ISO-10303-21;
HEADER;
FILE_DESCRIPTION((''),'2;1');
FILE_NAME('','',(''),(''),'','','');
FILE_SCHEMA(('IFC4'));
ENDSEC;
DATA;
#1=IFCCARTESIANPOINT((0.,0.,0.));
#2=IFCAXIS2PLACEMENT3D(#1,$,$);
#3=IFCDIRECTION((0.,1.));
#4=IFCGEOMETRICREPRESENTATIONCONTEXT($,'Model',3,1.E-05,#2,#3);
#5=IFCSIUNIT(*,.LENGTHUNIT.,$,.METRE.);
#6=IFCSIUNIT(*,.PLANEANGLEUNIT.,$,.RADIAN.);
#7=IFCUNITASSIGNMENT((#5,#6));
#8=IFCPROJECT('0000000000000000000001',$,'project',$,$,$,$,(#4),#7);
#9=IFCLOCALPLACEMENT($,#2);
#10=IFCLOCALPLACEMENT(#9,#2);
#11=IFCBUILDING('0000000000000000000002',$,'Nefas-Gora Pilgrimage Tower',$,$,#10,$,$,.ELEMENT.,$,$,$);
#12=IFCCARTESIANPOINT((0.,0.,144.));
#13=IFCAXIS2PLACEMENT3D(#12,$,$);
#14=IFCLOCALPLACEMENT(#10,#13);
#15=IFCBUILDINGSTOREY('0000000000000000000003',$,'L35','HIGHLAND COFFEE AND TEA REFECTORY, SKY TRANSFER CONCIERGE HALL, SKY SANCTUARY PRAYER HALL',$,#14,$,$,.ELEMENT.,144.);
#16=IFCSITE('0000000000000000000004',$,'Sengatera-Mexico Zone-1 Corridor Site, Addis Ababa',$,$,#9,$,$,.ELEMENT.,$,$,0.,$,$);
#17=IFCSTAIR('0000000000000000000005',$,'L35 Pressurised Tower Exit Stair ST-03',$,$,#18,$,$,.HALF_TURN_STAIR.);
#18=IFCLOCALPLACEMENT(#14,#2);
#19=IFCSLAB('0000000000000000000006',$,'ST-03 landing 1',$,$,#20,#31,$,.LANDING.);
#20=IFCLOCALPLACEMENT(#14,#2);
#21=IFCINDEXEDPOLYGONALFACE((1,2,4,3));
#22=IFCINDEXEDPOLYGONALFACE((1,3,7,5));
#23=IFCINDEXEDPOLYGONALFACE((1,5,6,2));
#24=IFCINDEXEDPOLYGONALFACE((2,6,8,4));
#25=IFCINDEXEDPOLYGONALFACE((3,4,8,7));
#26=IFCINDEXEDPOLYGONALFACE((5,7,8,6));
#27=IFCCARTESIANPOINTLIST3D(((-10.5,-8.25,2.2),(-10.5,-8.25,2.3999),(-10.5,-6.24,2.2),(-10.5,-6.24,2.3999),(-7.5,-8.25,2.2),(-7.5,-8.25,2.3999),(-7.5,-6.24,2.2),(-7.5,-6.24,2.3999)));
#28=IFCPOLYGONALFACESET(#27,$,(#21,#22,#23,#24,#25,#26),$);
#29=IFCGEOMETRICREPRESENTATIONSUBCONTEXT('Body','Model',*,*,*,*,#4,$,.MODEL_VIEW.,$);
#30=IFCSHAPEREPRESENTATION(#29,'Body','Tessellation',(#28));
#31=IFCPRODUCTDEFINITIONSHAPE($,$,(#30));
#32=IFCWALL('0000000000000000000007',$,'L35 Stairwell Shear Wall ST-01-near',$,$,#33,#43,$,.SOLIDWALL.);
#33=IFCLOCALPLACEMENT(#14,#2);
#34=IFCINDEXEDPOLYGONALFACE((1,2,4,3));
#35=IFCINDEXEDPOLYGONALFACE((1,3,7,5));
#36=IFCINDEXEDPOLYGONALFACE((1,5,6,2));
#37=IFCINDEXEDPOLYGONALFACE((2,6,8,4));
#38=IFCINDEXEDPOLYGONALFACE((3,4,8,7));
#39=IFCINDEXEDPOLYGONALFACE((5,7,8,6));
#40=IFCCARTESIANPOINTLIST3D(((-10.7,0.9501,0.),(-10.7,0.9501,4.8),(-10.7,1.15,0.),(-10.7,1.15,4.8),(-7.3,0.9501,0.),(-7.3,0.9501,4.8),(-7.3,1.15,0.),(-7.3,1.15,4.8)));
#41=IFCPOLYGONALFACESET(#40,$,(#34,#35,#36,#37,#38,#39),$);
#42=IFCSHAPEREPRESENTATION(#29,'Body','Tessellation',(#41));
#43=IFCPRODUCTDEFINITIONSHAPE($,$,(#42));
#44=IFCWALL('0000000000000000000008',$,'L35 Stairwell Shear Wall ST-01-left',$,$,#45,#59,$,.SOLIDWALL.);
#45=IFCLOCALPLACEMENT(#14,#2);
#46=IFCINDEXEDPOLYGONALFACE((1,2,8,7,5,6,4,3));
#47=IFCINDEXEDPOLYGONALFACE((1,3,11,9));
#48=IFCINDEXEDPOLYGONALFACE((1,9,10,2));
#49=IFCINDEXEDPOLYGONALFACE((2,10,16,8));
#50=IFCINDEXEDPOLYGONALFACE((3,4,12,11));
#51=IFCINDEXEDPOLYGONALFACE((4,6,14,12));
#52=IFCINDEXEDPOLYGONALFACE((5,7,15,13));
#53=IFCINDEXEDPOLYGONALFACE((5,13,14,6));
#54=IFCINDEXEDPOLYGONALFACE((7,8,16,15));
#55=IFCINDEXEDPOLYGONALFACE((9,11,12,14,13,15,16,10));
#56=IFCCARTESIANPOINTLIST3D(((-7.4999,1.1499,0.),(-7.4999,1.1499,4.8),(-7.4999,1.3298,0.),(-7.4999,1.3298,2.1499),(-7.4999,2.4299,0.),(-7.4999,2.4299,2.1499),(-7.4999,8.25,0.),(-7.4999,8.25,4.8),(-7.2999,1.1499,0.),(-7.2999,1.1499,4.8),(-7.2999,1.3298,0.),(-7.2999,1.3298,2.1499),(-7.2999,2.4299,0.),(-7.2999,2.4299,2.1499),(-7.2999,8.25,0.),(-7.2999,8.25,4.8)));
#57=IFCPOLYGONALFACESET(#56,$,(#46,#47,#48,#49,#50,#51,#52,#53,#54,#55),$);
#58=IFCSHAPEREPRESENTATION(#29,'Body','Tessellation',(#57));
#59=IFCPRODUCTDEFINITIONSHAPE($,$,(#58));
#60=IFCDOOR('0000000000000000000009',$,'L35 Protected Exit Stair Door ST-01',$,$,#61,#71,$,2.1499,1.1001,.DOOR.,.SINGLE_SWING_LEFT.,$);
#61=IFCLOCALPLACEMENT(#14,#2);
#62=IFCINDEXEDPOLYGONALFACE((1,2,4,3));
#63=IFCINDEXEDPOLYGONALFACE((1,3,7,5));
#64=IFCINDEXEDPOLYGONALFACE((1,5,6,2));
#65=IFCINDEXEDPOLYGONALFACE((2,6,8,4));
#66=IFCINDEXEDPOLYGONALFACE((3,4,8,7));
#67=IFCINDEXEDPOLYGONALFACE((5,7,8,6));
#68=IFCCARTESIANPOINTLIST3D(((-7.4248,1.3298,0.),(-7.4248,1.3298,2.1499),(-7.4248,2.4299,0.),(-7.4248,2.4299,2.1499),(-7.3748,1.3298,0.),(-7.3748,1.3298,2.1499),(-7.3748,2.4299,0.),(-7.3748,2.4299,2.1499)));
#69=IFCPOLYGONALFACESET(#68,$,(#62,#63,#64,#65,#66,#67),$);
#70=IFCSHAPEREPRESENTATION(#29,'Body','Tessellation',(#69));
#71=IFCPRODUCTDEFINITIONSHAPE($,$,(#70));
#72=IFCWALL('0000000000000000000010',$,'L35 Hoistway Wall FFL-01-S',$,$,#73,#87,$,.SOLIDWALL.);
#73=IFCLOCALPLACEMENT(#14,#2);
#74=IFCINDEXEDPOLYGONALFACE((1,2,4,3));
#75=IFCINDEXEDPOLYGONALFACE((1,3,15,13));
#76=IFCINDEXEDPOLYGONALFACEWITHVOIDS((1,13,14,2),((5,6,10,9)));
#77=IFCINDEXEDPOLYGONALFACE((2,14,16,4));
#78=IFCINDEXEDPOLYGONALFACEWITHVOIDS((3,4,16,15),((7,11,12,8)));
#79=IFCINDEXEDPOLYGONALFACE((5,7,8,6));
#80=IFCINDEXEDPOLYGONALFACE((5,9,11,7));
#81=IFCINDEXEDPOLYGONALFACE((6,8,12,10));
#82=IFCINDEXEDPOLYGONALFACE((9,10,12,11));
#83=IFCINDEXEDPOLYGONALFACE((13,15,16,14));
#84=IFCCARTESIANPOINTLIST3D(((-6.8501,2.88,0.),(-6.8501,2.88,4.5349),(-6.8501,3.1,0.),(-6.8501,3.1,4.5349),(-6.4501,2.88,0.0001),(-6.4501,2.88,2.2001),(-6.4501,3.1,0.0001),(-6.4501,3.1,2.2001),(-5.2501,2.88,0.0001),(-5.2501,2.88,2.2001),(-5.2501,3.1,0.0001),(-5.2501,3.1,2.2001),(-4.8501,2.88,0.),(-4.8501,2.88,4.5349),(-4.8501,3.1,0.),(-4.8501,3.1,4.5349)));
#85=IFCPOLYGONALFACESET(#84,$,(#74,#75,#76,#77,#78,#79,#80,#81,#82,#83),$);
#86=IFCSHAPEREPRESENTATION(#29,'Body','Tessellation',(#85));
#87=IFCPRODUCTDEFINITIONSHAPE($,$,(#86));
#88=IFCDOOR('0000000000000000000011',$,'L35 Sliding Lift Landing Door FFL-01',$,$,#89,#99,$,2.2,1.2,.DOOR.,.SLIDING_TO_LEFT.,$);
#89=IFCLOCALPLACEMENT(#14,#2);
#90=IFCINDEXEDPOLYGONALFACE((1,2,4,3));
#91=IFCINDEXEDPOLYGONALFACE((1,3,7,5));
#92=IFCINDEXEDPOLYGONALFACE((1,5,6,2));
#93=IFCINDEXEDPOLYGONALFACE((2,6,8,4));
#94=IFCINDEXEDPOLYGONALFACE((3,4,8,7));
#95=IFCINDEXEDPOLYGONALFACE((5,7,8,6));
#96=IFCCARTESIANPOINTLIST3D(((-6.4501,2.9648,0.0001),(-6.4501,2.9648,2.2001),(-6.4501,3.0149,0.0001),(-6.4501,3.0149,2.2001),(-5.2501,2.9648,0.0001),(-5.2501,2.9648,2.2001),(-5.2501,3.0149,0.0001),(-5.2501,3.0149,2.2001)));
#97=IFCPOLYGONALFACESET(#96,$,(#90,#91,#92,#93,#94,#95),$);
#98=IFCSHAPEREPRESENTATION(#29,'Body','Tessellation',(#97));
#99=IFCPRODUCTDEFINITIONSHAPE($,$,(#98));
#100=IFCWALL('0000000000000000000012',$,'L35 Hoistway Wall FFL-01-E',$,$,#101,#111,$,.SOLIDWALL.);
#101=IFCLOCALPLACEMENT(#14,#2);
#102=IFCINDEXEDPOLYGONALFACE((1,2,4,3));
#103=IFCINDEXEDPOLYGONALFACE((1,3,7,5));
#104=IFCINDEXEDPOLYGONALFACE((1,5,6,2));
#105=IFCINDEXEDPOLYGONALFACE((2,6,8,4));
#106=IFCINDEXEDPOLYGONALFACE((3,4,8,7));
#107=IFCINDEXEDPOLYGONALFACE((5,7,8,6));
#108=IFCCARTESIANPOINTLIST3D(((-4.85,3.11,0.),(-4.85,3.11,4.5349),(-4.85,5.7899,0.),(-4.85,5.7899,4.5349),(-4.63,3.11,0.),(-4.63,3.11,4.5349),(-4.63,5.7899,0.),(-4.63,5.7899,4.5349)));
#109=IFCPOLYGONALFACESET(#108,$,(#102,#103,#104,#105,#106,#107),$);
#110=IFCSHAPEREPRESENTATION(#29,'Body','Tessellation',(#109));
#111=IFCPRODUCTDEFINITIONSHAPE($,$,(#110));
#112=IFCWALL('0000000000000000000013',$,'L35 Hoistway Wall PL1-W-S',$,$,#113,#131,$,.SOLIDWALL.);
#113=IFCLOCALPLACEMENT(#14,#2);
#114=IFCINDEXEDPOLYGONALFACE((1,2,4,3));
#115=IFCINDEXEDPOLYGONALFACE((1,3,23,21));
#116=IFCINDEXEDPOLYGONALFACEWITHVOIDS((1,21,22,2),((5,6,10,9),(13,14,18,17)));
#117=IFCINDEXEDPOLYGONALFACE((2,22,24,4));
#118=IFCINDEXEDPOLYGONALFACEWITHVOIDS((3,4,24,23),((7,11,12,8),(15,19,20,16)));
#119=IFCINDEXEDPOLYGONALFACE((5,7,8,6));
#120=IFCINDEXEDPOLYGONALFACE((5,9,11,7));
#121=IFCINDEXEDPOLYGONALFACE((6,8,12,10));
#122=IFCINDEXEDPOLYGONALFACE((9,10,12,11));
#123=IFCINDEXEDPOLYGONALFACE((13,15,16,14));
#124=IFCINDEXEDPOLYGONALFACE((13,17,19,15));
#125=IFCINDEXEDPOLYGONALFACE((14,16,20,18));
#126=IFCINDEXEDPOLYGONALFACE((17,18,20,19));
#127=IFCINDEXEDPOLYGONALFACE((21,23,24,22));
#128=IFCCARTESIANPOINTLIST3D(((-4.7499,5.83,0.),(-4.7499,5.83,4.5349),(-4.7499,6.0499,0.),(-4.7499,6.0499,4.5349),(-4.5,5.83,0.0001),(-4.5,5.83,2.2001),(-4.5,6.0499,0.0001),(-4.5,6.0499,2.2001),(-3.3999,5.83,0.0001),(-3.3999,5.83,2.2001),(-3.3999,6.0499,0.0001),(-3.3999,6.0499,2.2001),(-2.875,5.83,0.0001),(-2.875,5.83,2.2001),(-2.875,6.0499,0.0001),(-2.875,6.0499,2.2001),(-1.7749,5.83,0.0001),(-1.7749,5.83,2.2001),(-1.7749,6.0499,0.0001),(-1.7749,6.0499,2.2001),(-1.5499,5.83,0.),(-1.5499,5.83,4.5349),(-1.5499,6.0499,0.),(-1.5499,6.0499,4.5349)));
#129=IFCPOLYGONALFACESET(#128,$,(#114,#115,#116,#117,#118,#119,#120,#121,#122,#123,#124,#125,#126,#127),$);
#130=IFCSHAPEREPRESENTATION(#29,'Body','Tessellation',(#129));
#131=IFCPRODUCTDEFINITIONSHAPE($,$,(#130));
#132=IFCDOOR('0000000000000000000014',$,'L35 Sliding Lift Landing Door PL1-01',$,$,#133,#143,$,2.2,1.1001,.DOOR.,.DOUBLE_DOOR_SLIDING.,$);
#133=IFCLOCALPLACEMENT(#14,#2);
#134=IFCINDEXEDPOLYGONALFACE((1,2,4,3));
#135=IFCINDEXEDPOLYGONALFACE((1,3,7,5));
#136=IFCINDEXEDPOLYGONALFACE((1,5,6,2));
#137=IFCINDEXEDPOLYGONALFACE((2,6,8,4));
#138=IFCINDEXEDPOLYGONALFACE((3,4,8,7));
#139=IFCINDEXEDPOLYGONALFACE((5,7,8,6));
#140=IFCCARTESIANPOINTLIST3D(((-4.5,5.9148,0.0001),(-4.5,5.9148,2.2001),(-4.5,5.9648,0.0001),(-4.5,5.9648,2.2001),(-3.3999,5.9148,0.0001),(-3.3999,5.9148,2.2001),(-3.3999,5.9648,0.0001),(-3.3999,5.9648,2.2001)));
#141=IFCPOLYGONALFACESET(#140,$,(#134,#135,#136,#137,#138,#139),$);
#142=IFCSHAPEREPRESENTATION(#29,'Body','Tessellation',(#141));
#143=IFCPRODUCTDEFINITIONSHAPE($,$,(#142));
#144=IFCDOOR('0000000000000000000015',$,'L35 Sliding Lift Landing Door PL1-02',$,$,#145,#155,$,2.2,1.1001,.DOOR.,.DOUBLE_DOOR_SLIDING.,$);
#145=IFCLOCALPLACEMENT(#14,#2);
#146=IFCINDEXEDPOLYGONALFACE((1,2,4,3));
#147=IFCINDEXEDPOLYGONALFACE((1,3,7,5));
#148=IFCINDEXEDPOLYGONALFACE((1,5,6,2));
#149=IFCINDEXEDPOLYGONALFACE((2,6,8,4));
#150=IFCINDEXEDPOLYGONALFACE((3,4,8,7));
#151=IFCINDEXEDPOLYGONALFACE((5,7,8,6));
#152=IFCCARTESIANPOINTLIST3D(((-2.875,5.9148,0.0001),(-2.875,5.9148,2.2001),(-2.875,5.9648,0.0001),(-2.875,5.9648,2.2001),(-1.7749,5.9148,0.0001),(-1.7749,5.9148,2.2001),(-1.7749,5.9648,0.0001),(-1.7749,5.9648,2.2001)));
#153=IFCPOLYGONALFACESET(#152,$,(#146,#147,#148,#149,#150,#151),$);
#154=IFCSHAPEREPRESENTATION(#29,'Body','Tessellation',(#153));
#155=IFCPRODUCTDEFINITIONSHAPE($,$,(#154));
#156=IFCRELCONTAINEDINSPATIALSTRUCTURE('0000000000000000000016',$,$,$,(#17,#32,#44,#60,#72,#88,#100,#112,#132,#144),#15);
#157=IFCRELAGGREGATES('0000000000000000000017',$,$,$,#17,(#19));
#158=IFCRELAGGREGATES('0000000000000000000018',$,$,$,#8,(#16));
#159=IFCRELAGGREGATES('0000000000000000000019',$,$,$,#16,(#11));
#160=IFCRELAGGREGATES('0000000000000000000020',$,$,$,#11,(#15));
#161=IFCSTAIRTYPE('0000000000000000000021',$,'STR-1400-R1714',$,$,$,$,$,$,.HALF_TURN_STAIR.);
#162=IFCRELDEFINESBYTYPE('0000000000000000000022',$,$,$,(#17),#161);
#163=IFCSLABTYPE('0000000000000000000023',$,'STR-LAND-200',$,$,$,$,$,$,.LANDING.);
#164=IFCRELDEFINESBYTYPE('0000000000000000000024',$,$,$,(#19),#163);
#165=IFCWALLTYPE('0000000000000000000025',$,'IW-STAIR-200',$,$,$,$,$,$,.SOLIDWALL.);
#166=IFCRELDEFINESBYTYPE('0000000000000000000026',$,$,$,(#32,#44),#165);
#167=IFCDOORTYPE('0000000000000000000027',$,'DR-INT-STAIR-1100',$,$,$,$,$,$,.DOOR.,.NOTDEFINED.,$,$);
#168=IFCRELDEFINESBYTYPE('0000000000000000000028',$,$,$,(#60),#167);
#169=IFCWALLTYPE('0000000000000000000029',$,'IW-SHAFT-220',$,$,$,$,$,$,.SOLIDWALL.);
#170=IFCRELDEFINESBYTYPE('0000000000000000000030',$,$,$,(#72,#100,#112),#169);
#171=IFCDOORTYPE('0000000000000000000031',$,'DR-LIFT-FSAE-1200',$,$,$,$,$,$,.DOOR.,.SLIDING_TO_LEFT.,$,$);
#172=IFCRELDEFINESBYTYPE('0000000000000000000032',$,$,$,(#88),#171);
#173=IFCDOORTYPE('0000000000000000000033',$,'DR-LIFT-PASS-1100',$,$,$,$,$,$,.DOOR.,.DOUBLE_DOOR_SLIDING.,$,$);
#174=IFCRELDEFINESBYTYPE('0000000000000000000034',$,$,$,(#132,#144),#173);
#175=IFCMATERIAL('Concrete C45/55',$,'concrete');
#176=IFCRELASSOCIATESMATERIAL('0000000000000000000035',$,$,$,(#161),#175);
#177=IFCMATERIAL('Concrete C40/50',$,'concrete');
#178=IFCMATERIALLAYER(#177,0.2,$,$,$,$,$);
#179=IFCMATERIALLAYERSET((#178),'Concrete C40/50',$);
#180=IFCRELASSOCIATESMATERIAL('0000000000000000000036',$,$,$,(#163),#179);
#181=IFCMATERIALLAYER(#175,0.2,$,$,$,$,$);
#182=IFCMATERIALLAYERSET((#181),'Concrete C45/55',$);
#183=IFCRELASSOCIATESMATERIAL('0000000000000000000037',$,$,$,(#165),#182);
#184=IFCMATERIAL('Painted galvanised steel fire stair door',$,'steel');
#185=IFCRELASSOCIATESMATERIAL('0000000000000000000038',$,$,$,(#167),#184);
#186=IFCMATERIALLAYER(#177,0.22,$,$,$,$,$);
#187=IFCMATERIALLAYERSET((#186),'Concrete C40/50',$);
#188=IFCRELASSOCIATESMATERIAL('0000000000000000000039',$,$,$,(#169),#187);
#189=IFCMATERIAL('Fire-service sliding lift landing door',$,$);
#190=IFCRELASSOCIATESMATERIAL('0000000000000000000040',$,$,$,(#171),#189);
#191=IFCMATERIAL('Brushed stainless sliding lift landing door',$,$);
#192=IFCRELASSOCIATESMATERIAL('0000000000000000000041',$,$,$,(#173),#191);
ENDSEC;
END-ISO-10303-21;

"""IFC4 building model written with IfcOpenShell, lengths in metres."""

from ifc_helpers import new_model, si_unit, direction, frame, frame_2d, origin, place, context, subcontext, project, spatial, polyline, rectangle, outline, extrude, source, transform, mapped, material, layer, layer_set, type_object, element, fill, aggregate, save


model = new_model("IFC4")

# Units and contexts
model_context = context("Model", 3, precision=1e-05, world=origin(), true_north=direction((0.0, 1.0)))
body_context = subcontext(model_context, "Body", "Model", "MODEL_VIEW")
ifc_project = project(units=[si_unit("LENGTHUNIT", "METRE"), si_unit("PLANEANGLEUNIT", "RADIAN")], contexts=[model_context])

# Site, building, storey
site_placement = place(None, origin())
site = spatial("IfcSite", under=ifc_project, at=site_placement, Name="Sengatera-Mexico Zone-1 Corridor Site, Addis Ababa", CompositionType="ELEMENT", RefElevation=0.0)
building_placement = place(site_placement, origin())
building = spatial("IfcBuilding", under=site, at=building_placement, Name="Nefas-Gora Pilgrimage Tower", CompositionType="ELEMENT")
storey_placement = place(building_placement, frame((0.0, 0.0, 144.0)))
storey = spatial("IfcBuildingStorey", under=building, at=storey_placement, Name="L35", Description="HIGHLAND COFFEE AND TEA REFECTORY, SKY TRANSFER CONCIERGE HALL, SKY SANCTUARY PRAYER HALL", CompositionType="ELEMENT", Elevation=144.0)

# Shared definitions
ifc_material_1 = material(Name="Concrete C45/55", Category="concrete")

# Stair, slab
stair_type = type_object("IfcStairType", Name="STR-1400-R1714", PredefinedType="HALF_TURN_STAIR", material=ifc_material_1)
ifc_material_2 = material(Name="Concrete C40/50", Category="concrete")
ifc_layer_1 = layer(ifc_material_2, 0.2)
ifc_layer_set_1 = layer_set([ifc_layer_1], Name="Concrete C40/50")
slab_type_1 = type_object("IfcSlabType", Name="STR-LAND-200", PredefinedType="LANDING", material=ifc_layer_set_1)
stair_1_placement = place(storey_placement, origin())
stair_1 = element("IfcStair", 1, at=stair_1_placement, inside=storey, type_object=stair_type, Name="L35 Pressurised Tower Exit Stair ST-03", PredefinedType="HALF_TURN_STAIR")
slab_1_placement = place(storey_placement, frame((0.0, 0.0, 2.2)))
slab_1 = element("IfcSlab", 2, at=slab_1_placement, type_object=slab_type_1, Name="ST-03 landing 1", PredefinedType="LANDING", context=body_context, shape_type="SweptSolid", body=[
    extrude(outline(polyline([(-10.5, -6.24), (-10.5, -8.25), (-7.5, -8.25), (-7.5, -6.24), (-10.5, -6.24)])), origin(), (0.0, 0.0, 1.0), 0.2),
])
aggregate(stair_1, [slab_1])

# Wall
ifc_layer_2 = layer(ifc_material_1, 0.2)
ifc_layer_set_2 = layer_set([ifc_layer_2], Name="Concrete C45/55")
wall_type_1 = type_object("IfcWallType", Name="IW-STAIR-200", PredefinedType="SOLIDWALL", material=ifc_layer_set_2)
shared_shape_1 = source(origin(), body_context, "Body", "SweptSolid", [
    extrude(rectangle(XDim=3.3999, YDim=0.2, at=frame_2d((1.7, 0.0))), origin(), (0.0, 0.0, 1.0), 4.8),
])
wall_1_placement = place(storey_placement, frame((-7.3, 1.05, 0.0), z_axis=(0.0, 0.0, 1.0), x_axis=(-1.0, 0.0, 0.0)))
element("IfcWall", 3, at=wall_1_placement, inside=storey, type_object=wall_type_1, Name="L35 Stairwell Shear Wall ST-01-near", PredefinedType="SOLIDWALL", context=body_context, shape_type="MappedRepresentation", body=[
    mapped(shared_shape_1, transform((0.0, 0.0, 0.0), x_axis=(1.0, 0.0, 0.0), y_axis=(0.0, 1.0, 0.0), z_axis=(0.0, 0.0, 1.0), scale=1.0)),
])

# Walls, openings, doors
shared_shape_2 = source(origin(), body_context, "Body", "SweptSolid", [
    extrude(rectangle(XDim=7.1001, YDim=0.2, at=frame_2d((3.55, 0.0))), origin(), (0.0, 0.0, 1.0), 4.8),
])
wall_2_placement = place(storey_placement, frame((-7.3999, 1.1499, 0.0), z_axis=(0.0, 0.0, 1.0), x_axis=(0.0, 1.0, 0.0)))
wall_2 = element("IfcWall", 4, at=wall_2_placement, inside=storey, type_object=wall_type_1, Name="L35 Stairwell Shear Wall ST-01-left", PredefinedType="SOLIDWALL", context=body_context, shape_type="MappedRepresentation", body=[
    mapped(shared_shape_2, transform((0.0, 0.0, 0.0), x_axis=(1.0, 0.0, 0.0), y_axis=(0.0, 1.0, 0.0), z_axis=(0.0, 0.0, 1.0), scale=1.0)),
])
opening_1_placement = place(wall_2_placement, frame((0.1799, 0.0, 0.0)))
opening_1 = element("IfcOpeningElement", 5, at=opening_1_placement, cuts=wall_2, PredefinedType="OPENING", context=body_context, shape_type="SweptSolid", body=[
    extrude(rectangle(XDim=1.1001, YDim=2.1499, at=frame_2d((0.55, 1.075))), frame((0.0, 0.1099, 0.0), z_axis=(0.0, -1.0, 0.0), x_axis=(1.0, 0.0, 0.0)), (0.0, 0.0, 1.0), 0.22),
])
ifc_material_3 = material(Name="Painted galvanised steel fire stair door", Category="steel")
door_type_1 = type_object("IfcDoorType", Name="DR-INT-STAIR-1100", OperationType="NOTDEFINED", PredefinedType="DOOR", material=ifc_material_3)
shared_shape_3 = source(origin(), body_context, "Body", "SweptSolid", [
    extrude(rectangle(XDim=1.1001, YDim=2.1499, at=frame_2d((0.55, 1.075))), frame((0.0, 0.0249, 0.0), z_axis=(0.0, -1.0, 0.0), x_axis=(1.0, 0.0, 0.0)), (0.0, 0.0, 1.0), 0.05),
])
door_1_placement = place(opening_1_placement, origin())
door_1 = element("IfcDoor", 6, at=door_1_placement, inside=storey, type_object=door_type_1, Name="L35 Protected Exit Stair Door ST-01", OperationType="SINGLE_SWING_LEFT", OverallHeight=2.1499, OverallWidth=1.1001, PredefinedType="DOOR", context=body_context, shape_type="MappedRepresentation", body=[
    mapped(shared_shape_3, transform((0.0, 0.0, 0.0), x_axis=(1.0, 0.0, 0.0), y_axis=(0.0, 1.0, 0.0), z_axis=(0.0, 0.0, 1.0), scale=1.0)),
])
fill(opening_1, door_1)
ifc_layer_3 = layer(ifc_material_2, 0.22)
ifc_layer_set_3 = layer_set([ifc_layer_3], Name="Concrete C40/50")
wall_type_2 = type_object("IfcWallType", Name="IW-SHAFT-220", PredefinedType="SOLIDWALL", material=ifc_layer_set_3)
shared_shape_4 = source(origin(), body_context, "Body", "SweptSolid", [
    extrude(rectangle(XDim=2.0, YDim=0.22, at=frame_2d((1.0, 0.0))), origin(), (0.0, 0.0, 1.0), 4.5349),
])
wall_3_placement = place(storey_placement, frame((-6.8501, 2.99, 0.0), z_axis=(0.0, 0.0, 1.0), x_axis=(1.0, 0.0, 0.0)))
wall_3 = element("IfcWall", 7, at=wall_3_placement, inside=storey, type_object=wall_type_2, Name="L35 Hoistway Wall FFL-01-S", PredefinedType="SOLIDWALL", context=body_context, shape_type="MappedRepresentation", body=[
    mapped(shared_shape_4, transform((0.0, 0.0, 0.0), x_axis=(1.0, 0.0, 0.0), y_axis=(0.0, 1.0, 0.0), z_axis=(0.0, 0.0, 1.0), scale=1.0)),
])
opening_2_placement = place(wall_3_placement, frame((0.3999, 0.0, 0.0)))
opening_2 = element("IfcOpeningElement", 8, at=opening_2_placement, cuts=wall_3, PredefinedType="OPENING", context=body_context, shape_type="SweptSolid", body=[
    extrude(rectangle(XDim=1.2, YDim=2.2, at=frame_2d((0.6001, 1.1001))), frame((0.0, 0.1199, 0.0), z_axis=(0.0, -1.0, 0.0), x_axis=(1.0, 0.0, 0.0)), (0.0, 0.0, 1.0), 0.24),
])
ifc_material_4 = material(Name="Fire-service sliding lift landing door")
door_type_2 = type_object("IfcDoorType", Name="DR-LIFT-FSAE-1200", OperationType="SLIDING_TO_LEFT", PredefinedType="DOOR", material=ifc_material_4)
shared_shape_5 = source(origin(), body_context, "Body", "SweptSolid", [
    extrude(rectangle(XDim=1.2, YDim=2.2, at=frame_2d((0.6001, 1.1001))), frame((0.0, 0.0249, 0.0), z_axis=(0.0, -1.0, 0.0), x_axis=(1.0, 0.0, 0.0)), (0.0, 0.0, 1.0), 0.05),
])
door_2_placement = place(opening_2_placement, origin())
door_2 = element("IfcDoor", 9, at=door_2_placement, inside=storey, type_object=door_type_2, Name="L35 Sliding Lift Landing Door FFL-01", OperationType="SLIDING_TO_LEFT", OverallHeight=2.2, OverallWidth=1.2, PredefinedType="DOOR", context=body_context, shape_type="MappedRepresentation", body=[
    mapped(shared_shape_5, transform((0.0, 0.0, 0.0), x_axis=(1.0, 0.0, 0.0), y_axis=(0.0, 1.0, 0.0), z_axis=(0.0, 0.0, 1.0), scale=1.0)),
])
fill(opening_2, door_2)

# Wall
shared_shape_6 = source(origin(), body_context, "Body", "SweptSolid", [
    extrude(rectangle(XDim=2.6799, YDim=0.22, at=frame_2d((1.3398, 0.0))), origin(), (0.0, 0.0, 1.0), 4.5349),
])
wall_4_placement = place(storey_placement, frame((-4.74, 3.1101, 0.0), z_axis=(0.0, 0.0, 1.0), x_axis=(0.0, 1.0, 0.0)))
element("IfcWall", 10, at=wall_4_placement, inside=storey, type_object=wall_type_2, Name="L35 Hoistway Wall FFL-01-E", PredefinedType="SOLIDWALL", context=body_context, shape_type="MappedRepresentation", body=[
    mapped(shared_shape_6, transform((0.0, 0.0, 0.0), x_axis=(1.0, 0.0, 0.0), y_axis=(0.0, 1.0, 0.0), z_axis=(0.0, 0.0, 1.0), scale=1.0)),
])

# Wall, openings, doors
shared_shape_7 = source(origin(), body_context, "Body", "SweptSolid", [
    extrude(rectangle(XDim=3.2, YDim=0.22, at=frame_2d((1.6001, 0.0))), origin(), (0.0, 0.0, 1.0), 4.5349),
])
wall_5_placement = place(storey_placement, frame((-4.75, 5.9399, 0.0), z_axis=(0.0, 0.0, 1.0), x_axis=(1.0, 0.0, 0.0)))
wall_5 = element("IfcWall", 11, at=wall_5_placement, inside=storey, type_object=wall_type_2, Name="L35 Hoistway Wall PL1-W-S", PredefinedType="SOLIDWALL", context=body_context, shape_type="MappedRepresentation", body=[
    mapped(shared_shape_7, transform((0.0, 0.0, 0.0), x_axis=(1.0, 0.0, 0.0), y_axis=(0.0, 1.0, 0.0), z_axis=(0.0, 0.0, 1.0), scale=1.0)),
])
opening_3_placement = place(wall_5_placement, frame((0.25, 0.0, 0.0)))
opening_3 = element("IfcOpeningElement", 12, at=opening_3_placement, cuts=wall_5, PredefinedType="OPENING", context=body_context, shape_type="SweptSolid", body=[
    extrude(rectangle(XDim=1.1001, YDim=2.2, at=frame_2d((0.55, 1.1001))), frame((0.0, 0.1199, 0.0), z_axis=(0.0, -1.0, 0.0), x_axis=(1.0, 0.0, 0.0)), (0.0, 0.0, 1.0), 0.24),
])
opening_4_placement = place(wall_5_placement, frame((1.875, 0.0, 0.0)))
opening_4 = element("IfcOpeningElement", 13, at=opening_4_placement, cuts=wall_5, PredefinedType="OPENING", context=body_context, shape_type="SweptSolid", body=[
    extrude(rectangle(XDim=1.1001, YDim=2.2, at=frame_2d((0.55, 1.1001))), frame((0.0, 0.1199, 0.0), z_axis=(0.0, -1.0, 0.0), x_axis=(1.0, 0.0, 0.0)), (0.0, 0.0, 1.0), 0.24),
])
ifc_material_5 = material(Name="Brushed stainless sliding lift landing door")
door_type_3 = type_object("IfcDoorType", Name="DR-LIFT-PASS-1100", OperationType="DOUBLE_DOOR_SLIDING", PredefinedType="DOOR", material=ifc_material_5)
shared_shape_8 = source(origin(), body_context, "Body", "SweptSolid", [
    extrude(rectangle(XDim=1.1001, YDim=2.2, at=frame_2d((0.55, 1.1001))), frame((0.0, 0.0249, 0.0), z_axis=(0.0, -1.0, 0.0), x_axis=(1.0, 0.0, 0.0)), (0.0, 0.0, 1.0), 0.05),
])
door_3_placement = place(opening_3_placement, origin())
door_3 = element("IfcDoor", 14, at=door_3_placement, inside=storey, type_object=door_type_3, Name="L35 Sliding Lift Landing Door PL1-01", OperationType="DOUBLE_DOOR_SLIDING", OverallHeight=2.2, OverallWidth=1.1001, PredefinedType="DOOR", context=body_context, shape_type="MappedRepresentation", body=[
    mapped(shared_shape_8, transform((0.0, 0.0, 0.0), x_axis=(1.0, 0.0, 0.0), y_axis=(0.0, 1.0, 0.0), z_axis=(0.0, 0.0, 1.0), scale=1.0)),
])
fill(opening_3, door_3)
door_4_placement = place(opening_4_placement, origin())
door_4 = element("IfcDoor", 15, at=door_4_placement, inside=storey, type_object=door_type_3, Name="L35 Sliding Lift Landing Door PL1-02", OperationType="DOUBLE_DOOR_SLIDING", OverallHeight=2.2, OverallWidth=1.1001, PredefinedType="DOOR", context=body_context, shape_type="MappedRepresentation", body=[
    mapped(shared_shape_8, transform((0.0, 0.0, 0.0), x_axis=(1.0, 0.0, 0.0), y_axis=(0.0, 1.0, 0.0), z_axis=(0.0, 0.0, 1.0), scale=1.0)),
])
fill(opening_4, door_4)

save(model, "model.ifc")
